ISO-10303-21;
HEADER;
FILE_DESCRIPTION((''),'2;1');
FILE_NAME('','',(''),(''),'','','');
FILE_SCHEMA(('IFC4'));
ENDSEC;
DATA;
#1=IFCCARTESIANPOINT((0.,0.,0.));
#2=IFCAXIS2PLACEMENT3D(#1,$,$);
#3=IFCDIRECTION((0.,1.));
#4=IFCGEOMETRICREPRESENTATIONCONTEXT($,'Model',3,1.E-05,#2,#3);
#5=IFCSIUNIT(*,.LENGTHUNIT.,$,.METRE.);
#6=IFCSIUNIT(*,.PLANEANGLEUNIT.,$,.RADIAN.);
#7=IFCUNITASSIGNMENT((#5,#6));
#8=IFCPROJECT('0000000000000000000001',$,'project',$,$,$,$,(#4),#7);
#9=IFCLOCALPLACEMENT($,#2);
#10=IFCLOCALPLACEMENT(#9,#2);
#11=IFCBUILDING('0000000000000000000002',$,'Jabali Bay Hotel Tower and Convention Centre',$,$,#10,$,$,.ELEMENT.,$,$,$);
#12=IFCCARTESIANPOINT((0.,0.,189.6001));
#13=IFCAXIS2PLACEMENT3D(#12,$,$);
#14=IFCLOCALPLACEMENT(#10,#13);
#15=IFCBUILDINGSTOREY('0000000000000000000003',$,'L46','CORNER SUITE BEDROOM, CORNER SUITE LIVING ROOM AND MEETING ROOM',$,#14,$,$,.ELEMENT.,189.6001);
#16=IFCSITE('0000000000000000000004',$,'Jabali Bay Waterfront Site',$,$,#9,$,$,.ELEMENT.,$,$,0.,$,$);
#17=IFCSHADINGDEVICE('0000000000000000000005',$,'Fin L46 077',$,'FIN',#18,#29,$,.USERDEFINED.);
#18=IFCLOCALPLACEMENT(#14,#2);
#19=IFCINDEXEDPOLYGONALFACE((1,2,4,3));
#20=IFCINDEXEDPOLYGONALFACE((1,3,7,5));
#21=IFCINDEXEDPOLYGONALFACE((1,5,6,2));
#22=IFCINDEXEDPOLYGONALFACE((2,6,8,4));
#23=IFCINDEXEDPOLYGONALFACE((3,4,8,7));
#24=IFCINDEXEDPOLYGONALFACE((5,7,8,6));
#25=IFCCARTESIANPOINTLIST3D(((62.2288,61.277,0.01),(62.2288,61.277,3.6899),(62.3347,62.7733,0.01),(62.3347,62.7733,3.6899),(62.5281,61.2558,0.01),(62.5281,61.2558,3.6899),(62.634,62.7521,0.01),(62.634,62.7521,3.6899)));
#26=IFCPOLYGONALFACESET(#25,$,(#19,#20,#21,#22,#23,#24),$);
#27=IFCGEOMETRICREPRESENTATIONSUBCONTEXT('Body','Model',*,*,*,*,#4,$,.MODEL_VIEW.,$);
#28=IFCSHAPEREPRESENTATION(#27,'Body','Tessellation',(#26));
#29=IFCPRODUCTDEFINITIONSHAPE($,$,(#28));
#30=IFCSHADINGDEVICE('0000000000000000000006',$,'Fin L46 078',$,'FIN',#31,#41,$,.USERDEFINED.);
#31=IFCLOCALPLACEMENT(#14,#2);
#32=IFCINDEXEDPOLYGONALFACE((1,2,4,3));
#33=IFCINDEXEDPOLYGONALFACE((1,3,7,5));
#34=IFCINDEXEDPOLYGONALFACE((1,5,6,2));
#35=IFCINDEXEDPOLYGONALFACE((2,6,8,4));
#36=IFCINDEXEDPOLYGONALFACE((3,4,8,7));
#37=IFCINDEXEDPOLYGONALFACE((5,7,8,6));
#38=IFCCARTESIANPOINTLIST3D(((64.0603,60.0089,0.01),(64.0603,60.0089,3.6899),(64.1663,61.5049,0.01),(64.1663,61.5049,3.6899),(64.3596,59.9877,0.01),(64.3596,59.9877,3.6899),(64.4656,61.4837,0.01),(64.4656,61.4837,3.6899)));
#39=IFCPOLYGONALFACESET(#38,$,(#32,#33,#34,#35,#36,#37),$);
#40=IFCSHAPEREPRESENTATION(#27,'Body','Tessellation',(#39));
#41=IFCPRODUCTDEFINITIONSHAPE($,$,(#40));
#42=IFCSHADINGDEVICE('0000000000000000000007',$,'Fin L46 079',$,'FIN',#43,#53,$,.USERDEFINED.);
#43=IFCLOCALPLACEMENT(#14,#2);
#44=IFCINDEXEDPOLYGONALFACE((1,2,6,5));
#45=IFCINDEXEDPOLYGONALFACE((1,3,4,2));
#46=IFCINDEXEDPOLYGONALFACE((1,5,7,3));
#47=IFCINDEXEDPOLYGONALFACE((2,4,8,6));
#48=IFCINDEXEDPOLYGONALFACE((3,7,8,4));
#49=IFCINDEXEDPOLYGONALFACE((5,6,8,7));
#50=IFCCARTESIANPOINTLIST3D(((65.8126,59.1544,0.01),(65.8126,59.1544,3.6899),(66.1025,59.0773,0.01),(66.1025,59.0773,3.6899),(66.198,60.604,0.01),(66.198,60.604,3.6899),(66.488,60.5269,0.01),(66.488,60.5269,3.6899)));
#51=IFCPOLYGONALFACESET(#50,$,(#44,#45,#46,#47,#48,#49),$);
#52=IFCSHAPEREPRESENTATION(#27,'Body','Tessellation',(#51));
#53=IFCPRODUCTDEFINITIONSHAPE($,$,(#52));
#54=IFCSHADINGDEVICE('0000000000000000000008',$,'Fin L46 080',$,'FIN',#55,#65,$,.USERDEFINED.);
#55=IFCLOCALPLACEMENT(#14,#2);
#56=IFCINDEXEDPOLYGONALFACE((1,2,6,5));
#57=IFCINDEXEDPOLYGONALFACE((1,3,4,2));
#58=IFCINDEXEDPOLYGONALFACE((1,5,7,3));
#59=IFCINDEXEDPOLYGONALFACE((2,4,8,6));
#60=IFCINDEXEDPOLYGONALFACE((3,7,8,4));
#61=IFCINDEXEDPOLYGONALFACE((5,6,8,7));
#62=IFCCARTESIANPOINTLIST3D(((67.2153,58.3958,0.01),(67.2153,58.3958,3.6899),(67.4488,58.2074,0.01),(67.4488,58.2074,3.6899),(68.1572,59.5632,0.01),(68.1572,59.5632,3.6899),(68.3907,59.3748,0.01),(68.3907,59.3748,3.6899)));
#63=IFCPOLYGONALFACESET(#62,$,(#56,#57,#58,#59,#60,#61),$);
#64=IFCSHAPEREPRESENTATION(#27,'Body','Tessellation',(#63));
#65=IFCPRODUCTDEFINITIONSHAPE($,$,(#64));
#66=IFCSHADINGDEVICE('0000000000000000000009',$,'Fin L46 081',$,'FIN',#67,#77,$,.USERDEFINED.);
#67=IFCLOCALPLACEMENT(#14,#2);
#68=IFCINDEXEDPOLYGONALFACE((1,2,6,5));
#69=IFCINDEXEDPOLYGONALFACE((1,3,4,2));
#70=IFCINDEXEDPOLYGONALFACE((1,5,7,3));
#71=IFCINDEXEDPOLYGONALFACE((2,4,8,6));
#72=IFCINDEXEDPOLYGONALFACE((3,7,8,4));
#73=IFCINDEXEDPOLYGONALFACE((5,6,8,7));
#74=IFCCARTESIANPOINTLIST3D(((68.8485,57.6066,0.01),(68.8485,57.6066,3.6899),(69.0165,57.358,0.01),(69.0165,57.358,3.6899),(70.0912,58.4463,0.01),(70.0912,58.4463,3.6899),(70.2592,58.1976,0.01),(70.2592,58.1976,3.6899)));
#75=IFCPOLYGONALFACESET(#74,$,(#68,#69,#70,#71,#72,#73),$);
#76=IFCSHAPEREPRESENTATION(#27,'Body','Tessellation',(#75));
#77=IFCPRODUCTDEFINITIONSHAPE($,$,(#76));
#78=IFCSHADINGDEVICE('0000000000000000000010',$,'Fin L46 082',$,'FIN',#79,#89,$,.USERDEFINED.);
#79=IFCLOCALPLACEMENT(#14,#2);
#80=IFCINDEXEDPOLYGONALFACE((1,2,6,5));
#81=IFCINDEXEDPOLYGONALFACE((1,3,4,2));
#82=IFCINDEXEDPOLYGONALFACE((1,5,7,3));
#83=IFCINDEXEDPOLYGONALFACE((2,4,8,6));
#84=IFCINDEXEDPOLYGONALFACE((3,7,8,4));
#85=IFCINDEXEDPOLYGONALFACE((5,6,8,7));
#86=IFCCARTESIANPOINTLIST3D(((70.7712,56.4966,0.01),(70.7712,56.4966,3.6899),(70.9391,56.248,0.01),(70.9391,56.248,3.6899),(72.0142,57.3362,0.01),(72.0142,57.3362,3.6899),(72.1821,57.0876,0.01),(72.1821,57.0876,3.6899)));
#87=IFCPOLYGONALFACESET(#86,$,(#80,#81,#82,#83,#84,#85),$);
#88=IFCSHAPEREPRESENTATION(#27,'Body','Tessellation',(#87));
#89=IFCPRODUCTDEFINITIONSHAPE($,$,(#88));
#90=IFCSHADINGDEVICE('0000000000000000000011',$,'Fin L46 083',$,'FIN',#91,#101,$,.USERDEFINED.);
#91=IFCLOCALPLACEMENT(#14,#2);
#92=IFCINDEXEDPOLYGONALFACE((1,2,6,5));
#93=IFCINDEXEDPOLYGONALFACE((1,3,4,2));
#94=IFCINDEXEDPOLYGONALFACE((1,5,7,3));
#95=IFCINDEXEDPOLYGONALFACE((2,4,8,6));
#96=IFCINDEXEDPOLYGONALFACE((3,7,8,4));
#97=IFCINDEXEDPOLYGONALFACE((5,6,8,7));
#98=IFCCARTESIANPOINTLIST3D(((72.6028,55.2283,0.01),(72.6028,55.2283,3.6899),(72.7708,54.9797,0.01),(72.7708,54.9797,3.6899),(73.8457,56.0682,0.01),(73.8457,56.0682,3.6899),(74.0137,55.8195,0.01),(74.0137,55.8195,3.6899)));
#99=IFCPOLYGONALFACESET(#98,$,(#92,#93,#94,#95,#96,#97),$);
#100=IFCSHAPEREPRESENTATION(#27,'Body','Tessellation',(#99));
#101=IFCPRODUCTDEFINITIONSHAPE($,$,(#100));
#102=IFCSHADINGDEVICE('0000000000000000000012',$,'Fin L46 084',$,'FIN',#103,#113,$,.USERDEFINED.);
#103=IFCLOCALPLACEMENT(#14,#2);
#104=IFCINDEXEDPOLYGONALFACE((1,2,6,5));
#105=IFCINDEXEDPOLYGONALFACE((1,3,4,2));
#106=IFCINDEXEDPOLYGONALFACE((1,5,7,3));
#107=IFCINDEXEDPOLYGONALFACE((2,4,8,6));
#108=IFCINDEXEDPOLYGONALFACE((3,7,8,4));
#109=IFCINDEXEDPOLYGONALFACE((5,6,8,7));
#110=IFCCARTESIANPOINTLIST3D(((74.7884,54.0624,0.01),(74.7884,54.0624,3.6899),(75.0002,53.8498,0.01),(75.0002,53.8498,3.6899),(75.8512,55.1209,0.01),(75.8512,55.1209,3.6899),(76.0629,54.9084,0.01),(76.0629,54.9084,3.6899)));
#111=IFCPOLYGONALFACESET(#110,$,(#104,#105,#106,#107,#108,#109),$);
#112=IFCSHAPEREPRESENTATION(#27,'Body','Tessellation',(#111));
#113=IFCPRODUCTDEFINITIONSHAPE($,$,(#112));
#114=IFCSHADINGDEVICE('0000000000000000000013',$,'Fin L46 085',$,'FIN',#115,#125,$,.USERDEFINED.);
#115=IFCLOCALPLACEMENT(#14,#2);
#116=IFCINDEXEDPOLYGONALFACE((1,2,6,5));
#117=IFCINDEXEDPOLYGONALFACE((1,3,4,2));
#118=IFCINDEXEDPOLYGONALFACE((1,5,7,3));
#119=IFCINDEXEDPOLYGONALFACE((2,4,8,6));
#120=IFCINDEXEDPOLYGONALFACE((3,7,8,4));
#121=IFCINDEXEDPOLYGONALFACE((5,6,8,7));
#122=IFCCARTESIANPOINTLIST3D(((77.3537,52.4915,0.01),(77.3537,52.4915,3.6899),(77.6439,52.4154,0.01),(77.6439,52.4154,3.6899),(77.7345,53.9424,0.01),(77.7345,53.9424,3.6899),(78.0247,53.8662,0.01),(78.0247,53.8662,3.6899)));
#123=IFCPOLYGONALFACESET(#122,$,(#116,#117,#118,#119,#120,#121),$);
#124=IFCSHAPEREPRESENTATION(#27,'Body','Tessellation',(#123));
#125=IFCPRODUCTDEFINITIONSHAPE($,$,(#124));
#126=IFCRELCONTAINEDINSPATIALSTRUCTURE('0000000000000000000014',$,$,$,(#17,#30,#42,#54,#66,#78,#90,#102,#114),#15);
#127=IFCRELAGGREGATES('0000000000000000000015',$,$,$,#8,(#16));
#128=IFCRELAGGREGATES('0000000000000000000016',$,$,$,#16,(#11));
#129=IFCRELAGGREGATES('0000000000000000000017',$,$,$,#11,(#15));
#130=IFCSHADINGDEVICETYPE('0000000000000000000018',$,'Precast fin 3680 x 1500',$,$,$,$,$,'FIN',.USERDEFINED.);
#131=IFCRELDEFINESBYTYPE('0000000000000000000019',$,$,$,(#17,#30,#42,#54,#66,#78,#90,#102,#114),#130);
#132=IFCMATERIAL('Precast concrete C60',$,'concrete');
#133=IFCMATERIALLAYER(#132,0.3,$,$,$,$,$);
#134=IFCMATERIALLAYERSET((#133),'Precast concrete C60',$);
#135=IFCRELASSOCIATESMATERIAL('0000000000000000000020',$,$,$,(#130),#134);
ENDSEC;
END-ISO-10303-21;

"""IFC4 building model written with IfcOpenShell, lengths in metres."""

from ifc_helpers import new_model, si_unit, direction, frame, frame_2d, origin, place, context, subcontext, project, spatial, rectangle, extrude, material, layer, layer_set, type_object, element, save


model = new_model("IFC4")

# Units and contexts
model_context = context("Model", 3, precision=1e-05, world=origin(), true_north=direction((0.0, 1.0)))
body_context = subcontext(model_context, "Body", "Model", "MODEL_VIEW")
ifc_project = project(units=[si_unit("LENGTHUNIT", "METRE"), si_unit("PLANEANGLEUNIT", "RADIAN")], contexts=[model_context])

# Site, building, storey
site_placement = place(None, origin())
site = spatial("IfcSite", under=ifc_project, at=site_placement, Name="Jabali Bay Waterfront Site", CompositionType="ELEMENT", RefElevation=0.0)
building_placement = place(site_placement, origin())
building = spatial("IfcBuilding", under=site, at=building_placement, Name="Jabali Bay Hotel Tower and Convention Centre", CompositionType="ELEMENT")
storey_placement = place(building_placement, frame((0.0, 0.0, 189.6001)))
storey = spatial("IfcBuildingStorey", under=building, at=storey_placement, Name="L46", Description="CORNER SUITE BEDROOM, CORNER SUITE LIVING ROOM AND MEETING ROOM", CompositionType="ELEMENT", Elevation=189.6001)

# Shading devices
ifc_material_1 = material(Name="Precast concrete C60", Category="concrete")
ifc_layer_1 = layer(ifc_material_1, 0.3)
ifc_layer_set_1 = layer_set([ifc_layer_1], Name="Precast concrete C60")
shading_device_type = type_object("IfcShadingDeviceType", Name="Precast fin 3680 x 1500", ElementType="FIN", PredefinedType="USERDEFINED", material=ifc_layer_set_1)
shading_device_1_placement = place(storey_placement, frame((62.4844, 62.7627, 0.01), z_axis=(0.0, 0.0, 1.0), x_axis=(-0.070634, -0.997502, 0.0)))
element("IfcShadingDevice", 1, at=shading_device_1_placement, inside=storey, type_object=shading_device_type, Name="Fin L46 077", ObjectType="FIN", PredefinedType="USERDEFINED", context=body_context, shape_type="SweptSolid", body=[
    extrude(rectangle(XDim=1.5, YDim=0.3, at=frame_2d((0.75, 0.0))), origin(), (0.0, 0.0, 1.0), 3.6799),
])
shading_device_2_placement = place(storey_placement, frame((64.3159, 61.4944, 0.01), z_axis=(0.0, 0.0, 1.0), x_axis=(-0.070646, -0.997501, 0.0)))
element("IfcShadingDevice", 2, at=shading_device_2_placement, inside=storey, type_object=shading_device_type, Name="Fin L46 078", ObjectType="FIN", PredefinedType="USERDEFINED", context=body_context, shape_type="SweptSolid", body=[
    extrude(rectangle(XDim=1.4998, YDim=0.3, at=frame_2d((0.75, 0.0))), origin(), (0.0, 0.0, 1.0), 3.6799),
])
for number, where, z_axis, x_axis, name in (
    (3, (66.343, 60.5654, 0.01), (0.0, 0.0, 1.0), (-0.256984, -0.966416, 0.0), "Fin L46 079"),
    (4, (68.2739, 59.469, 0.01), (0.0, 0.0, 1.0), (-0.627905, -0.77829, 0.0), "Fin L46 080"),
):
    element("IfcShadingDevice", number, at=place(storey_placement, frame(where, z_axis=z_axis, x_axis=x_axis)), inside=storey, type_object=shading_device_type, Name=name, ObjectType="FIN", PredefinedType="USERDEFINED", context=body_context, shape_type="SweptSolid", body=[
        extrude(rectangle(XDim=1.5, YDim=0.3, at=frame_2d((0.75, 0.0))), origin(), (0.0, 0.0, 1.0), 3.6799),
    ])
shading_device_3_placement = place(storey_placement, frame((70.1753, 58.322, 0.01), z_axis=(0.0, 0.0, 1.0), x_axis=(-0.828603, -0.559836, 0.0)))
element("IfcShadingDevice", 5, at=shading_device_3_placement, inside=storey, type_object=shading_device_type, Name="Fin L46 081", ObjectType="FIN", PredefinedType="USERDEFINED", context=body_context, shape_type="SweptSolid", body=[
    extrude(rectangle(XDim=1.4998, YDim=0.3, at=frame_2d((0.75, 0.0))), origin(), (0.0, 0.0, 1.0), 3.6799),
])
for number, where, z_axis, x_axis, name in (
    (6, (72.0981, 57.2119, 0.01), (0.0, 0.0, 1.0), (-0.828654, -0.559761, 0.0), "Fin L46 082"),
    (7, (73.9297, 55.9438, 0.01), (0.0, 0.0, 1.0), (-0.828579, -0.559873, 0.0), "Fin L46 083"),
    (8, (75.957, 55.0146, 0.01), (0.0, 0.0, 1.0), (-0.708489, -0.705722, 0.0), "Fin L46 084"),
    (9, (77.8796, 53.9043, 0.01), (0.0, 0.0, 1.0), (-0.253892, -0.967232, 0.0), "Fin L46 085"),
):
    element("IfcShadingDevice", number, at=place(storey_placement, frame(where, z_axis=z_axis, x_axis=x_axis)), inside=storey, type_object=shading_device_type, Name=name, ObjectType="FIN", PredefinedType="USERDEFINED", context=body_context, shape_type="SweptSolid", body=[
        extrude(rectangle(XDim=1.5, YDim=0.3, at=frame_2d((0.75, 0.0))), origin(), (0.0, 0.0, 1.0), 3.6799),
    ])

save(model, "model.ifc")
